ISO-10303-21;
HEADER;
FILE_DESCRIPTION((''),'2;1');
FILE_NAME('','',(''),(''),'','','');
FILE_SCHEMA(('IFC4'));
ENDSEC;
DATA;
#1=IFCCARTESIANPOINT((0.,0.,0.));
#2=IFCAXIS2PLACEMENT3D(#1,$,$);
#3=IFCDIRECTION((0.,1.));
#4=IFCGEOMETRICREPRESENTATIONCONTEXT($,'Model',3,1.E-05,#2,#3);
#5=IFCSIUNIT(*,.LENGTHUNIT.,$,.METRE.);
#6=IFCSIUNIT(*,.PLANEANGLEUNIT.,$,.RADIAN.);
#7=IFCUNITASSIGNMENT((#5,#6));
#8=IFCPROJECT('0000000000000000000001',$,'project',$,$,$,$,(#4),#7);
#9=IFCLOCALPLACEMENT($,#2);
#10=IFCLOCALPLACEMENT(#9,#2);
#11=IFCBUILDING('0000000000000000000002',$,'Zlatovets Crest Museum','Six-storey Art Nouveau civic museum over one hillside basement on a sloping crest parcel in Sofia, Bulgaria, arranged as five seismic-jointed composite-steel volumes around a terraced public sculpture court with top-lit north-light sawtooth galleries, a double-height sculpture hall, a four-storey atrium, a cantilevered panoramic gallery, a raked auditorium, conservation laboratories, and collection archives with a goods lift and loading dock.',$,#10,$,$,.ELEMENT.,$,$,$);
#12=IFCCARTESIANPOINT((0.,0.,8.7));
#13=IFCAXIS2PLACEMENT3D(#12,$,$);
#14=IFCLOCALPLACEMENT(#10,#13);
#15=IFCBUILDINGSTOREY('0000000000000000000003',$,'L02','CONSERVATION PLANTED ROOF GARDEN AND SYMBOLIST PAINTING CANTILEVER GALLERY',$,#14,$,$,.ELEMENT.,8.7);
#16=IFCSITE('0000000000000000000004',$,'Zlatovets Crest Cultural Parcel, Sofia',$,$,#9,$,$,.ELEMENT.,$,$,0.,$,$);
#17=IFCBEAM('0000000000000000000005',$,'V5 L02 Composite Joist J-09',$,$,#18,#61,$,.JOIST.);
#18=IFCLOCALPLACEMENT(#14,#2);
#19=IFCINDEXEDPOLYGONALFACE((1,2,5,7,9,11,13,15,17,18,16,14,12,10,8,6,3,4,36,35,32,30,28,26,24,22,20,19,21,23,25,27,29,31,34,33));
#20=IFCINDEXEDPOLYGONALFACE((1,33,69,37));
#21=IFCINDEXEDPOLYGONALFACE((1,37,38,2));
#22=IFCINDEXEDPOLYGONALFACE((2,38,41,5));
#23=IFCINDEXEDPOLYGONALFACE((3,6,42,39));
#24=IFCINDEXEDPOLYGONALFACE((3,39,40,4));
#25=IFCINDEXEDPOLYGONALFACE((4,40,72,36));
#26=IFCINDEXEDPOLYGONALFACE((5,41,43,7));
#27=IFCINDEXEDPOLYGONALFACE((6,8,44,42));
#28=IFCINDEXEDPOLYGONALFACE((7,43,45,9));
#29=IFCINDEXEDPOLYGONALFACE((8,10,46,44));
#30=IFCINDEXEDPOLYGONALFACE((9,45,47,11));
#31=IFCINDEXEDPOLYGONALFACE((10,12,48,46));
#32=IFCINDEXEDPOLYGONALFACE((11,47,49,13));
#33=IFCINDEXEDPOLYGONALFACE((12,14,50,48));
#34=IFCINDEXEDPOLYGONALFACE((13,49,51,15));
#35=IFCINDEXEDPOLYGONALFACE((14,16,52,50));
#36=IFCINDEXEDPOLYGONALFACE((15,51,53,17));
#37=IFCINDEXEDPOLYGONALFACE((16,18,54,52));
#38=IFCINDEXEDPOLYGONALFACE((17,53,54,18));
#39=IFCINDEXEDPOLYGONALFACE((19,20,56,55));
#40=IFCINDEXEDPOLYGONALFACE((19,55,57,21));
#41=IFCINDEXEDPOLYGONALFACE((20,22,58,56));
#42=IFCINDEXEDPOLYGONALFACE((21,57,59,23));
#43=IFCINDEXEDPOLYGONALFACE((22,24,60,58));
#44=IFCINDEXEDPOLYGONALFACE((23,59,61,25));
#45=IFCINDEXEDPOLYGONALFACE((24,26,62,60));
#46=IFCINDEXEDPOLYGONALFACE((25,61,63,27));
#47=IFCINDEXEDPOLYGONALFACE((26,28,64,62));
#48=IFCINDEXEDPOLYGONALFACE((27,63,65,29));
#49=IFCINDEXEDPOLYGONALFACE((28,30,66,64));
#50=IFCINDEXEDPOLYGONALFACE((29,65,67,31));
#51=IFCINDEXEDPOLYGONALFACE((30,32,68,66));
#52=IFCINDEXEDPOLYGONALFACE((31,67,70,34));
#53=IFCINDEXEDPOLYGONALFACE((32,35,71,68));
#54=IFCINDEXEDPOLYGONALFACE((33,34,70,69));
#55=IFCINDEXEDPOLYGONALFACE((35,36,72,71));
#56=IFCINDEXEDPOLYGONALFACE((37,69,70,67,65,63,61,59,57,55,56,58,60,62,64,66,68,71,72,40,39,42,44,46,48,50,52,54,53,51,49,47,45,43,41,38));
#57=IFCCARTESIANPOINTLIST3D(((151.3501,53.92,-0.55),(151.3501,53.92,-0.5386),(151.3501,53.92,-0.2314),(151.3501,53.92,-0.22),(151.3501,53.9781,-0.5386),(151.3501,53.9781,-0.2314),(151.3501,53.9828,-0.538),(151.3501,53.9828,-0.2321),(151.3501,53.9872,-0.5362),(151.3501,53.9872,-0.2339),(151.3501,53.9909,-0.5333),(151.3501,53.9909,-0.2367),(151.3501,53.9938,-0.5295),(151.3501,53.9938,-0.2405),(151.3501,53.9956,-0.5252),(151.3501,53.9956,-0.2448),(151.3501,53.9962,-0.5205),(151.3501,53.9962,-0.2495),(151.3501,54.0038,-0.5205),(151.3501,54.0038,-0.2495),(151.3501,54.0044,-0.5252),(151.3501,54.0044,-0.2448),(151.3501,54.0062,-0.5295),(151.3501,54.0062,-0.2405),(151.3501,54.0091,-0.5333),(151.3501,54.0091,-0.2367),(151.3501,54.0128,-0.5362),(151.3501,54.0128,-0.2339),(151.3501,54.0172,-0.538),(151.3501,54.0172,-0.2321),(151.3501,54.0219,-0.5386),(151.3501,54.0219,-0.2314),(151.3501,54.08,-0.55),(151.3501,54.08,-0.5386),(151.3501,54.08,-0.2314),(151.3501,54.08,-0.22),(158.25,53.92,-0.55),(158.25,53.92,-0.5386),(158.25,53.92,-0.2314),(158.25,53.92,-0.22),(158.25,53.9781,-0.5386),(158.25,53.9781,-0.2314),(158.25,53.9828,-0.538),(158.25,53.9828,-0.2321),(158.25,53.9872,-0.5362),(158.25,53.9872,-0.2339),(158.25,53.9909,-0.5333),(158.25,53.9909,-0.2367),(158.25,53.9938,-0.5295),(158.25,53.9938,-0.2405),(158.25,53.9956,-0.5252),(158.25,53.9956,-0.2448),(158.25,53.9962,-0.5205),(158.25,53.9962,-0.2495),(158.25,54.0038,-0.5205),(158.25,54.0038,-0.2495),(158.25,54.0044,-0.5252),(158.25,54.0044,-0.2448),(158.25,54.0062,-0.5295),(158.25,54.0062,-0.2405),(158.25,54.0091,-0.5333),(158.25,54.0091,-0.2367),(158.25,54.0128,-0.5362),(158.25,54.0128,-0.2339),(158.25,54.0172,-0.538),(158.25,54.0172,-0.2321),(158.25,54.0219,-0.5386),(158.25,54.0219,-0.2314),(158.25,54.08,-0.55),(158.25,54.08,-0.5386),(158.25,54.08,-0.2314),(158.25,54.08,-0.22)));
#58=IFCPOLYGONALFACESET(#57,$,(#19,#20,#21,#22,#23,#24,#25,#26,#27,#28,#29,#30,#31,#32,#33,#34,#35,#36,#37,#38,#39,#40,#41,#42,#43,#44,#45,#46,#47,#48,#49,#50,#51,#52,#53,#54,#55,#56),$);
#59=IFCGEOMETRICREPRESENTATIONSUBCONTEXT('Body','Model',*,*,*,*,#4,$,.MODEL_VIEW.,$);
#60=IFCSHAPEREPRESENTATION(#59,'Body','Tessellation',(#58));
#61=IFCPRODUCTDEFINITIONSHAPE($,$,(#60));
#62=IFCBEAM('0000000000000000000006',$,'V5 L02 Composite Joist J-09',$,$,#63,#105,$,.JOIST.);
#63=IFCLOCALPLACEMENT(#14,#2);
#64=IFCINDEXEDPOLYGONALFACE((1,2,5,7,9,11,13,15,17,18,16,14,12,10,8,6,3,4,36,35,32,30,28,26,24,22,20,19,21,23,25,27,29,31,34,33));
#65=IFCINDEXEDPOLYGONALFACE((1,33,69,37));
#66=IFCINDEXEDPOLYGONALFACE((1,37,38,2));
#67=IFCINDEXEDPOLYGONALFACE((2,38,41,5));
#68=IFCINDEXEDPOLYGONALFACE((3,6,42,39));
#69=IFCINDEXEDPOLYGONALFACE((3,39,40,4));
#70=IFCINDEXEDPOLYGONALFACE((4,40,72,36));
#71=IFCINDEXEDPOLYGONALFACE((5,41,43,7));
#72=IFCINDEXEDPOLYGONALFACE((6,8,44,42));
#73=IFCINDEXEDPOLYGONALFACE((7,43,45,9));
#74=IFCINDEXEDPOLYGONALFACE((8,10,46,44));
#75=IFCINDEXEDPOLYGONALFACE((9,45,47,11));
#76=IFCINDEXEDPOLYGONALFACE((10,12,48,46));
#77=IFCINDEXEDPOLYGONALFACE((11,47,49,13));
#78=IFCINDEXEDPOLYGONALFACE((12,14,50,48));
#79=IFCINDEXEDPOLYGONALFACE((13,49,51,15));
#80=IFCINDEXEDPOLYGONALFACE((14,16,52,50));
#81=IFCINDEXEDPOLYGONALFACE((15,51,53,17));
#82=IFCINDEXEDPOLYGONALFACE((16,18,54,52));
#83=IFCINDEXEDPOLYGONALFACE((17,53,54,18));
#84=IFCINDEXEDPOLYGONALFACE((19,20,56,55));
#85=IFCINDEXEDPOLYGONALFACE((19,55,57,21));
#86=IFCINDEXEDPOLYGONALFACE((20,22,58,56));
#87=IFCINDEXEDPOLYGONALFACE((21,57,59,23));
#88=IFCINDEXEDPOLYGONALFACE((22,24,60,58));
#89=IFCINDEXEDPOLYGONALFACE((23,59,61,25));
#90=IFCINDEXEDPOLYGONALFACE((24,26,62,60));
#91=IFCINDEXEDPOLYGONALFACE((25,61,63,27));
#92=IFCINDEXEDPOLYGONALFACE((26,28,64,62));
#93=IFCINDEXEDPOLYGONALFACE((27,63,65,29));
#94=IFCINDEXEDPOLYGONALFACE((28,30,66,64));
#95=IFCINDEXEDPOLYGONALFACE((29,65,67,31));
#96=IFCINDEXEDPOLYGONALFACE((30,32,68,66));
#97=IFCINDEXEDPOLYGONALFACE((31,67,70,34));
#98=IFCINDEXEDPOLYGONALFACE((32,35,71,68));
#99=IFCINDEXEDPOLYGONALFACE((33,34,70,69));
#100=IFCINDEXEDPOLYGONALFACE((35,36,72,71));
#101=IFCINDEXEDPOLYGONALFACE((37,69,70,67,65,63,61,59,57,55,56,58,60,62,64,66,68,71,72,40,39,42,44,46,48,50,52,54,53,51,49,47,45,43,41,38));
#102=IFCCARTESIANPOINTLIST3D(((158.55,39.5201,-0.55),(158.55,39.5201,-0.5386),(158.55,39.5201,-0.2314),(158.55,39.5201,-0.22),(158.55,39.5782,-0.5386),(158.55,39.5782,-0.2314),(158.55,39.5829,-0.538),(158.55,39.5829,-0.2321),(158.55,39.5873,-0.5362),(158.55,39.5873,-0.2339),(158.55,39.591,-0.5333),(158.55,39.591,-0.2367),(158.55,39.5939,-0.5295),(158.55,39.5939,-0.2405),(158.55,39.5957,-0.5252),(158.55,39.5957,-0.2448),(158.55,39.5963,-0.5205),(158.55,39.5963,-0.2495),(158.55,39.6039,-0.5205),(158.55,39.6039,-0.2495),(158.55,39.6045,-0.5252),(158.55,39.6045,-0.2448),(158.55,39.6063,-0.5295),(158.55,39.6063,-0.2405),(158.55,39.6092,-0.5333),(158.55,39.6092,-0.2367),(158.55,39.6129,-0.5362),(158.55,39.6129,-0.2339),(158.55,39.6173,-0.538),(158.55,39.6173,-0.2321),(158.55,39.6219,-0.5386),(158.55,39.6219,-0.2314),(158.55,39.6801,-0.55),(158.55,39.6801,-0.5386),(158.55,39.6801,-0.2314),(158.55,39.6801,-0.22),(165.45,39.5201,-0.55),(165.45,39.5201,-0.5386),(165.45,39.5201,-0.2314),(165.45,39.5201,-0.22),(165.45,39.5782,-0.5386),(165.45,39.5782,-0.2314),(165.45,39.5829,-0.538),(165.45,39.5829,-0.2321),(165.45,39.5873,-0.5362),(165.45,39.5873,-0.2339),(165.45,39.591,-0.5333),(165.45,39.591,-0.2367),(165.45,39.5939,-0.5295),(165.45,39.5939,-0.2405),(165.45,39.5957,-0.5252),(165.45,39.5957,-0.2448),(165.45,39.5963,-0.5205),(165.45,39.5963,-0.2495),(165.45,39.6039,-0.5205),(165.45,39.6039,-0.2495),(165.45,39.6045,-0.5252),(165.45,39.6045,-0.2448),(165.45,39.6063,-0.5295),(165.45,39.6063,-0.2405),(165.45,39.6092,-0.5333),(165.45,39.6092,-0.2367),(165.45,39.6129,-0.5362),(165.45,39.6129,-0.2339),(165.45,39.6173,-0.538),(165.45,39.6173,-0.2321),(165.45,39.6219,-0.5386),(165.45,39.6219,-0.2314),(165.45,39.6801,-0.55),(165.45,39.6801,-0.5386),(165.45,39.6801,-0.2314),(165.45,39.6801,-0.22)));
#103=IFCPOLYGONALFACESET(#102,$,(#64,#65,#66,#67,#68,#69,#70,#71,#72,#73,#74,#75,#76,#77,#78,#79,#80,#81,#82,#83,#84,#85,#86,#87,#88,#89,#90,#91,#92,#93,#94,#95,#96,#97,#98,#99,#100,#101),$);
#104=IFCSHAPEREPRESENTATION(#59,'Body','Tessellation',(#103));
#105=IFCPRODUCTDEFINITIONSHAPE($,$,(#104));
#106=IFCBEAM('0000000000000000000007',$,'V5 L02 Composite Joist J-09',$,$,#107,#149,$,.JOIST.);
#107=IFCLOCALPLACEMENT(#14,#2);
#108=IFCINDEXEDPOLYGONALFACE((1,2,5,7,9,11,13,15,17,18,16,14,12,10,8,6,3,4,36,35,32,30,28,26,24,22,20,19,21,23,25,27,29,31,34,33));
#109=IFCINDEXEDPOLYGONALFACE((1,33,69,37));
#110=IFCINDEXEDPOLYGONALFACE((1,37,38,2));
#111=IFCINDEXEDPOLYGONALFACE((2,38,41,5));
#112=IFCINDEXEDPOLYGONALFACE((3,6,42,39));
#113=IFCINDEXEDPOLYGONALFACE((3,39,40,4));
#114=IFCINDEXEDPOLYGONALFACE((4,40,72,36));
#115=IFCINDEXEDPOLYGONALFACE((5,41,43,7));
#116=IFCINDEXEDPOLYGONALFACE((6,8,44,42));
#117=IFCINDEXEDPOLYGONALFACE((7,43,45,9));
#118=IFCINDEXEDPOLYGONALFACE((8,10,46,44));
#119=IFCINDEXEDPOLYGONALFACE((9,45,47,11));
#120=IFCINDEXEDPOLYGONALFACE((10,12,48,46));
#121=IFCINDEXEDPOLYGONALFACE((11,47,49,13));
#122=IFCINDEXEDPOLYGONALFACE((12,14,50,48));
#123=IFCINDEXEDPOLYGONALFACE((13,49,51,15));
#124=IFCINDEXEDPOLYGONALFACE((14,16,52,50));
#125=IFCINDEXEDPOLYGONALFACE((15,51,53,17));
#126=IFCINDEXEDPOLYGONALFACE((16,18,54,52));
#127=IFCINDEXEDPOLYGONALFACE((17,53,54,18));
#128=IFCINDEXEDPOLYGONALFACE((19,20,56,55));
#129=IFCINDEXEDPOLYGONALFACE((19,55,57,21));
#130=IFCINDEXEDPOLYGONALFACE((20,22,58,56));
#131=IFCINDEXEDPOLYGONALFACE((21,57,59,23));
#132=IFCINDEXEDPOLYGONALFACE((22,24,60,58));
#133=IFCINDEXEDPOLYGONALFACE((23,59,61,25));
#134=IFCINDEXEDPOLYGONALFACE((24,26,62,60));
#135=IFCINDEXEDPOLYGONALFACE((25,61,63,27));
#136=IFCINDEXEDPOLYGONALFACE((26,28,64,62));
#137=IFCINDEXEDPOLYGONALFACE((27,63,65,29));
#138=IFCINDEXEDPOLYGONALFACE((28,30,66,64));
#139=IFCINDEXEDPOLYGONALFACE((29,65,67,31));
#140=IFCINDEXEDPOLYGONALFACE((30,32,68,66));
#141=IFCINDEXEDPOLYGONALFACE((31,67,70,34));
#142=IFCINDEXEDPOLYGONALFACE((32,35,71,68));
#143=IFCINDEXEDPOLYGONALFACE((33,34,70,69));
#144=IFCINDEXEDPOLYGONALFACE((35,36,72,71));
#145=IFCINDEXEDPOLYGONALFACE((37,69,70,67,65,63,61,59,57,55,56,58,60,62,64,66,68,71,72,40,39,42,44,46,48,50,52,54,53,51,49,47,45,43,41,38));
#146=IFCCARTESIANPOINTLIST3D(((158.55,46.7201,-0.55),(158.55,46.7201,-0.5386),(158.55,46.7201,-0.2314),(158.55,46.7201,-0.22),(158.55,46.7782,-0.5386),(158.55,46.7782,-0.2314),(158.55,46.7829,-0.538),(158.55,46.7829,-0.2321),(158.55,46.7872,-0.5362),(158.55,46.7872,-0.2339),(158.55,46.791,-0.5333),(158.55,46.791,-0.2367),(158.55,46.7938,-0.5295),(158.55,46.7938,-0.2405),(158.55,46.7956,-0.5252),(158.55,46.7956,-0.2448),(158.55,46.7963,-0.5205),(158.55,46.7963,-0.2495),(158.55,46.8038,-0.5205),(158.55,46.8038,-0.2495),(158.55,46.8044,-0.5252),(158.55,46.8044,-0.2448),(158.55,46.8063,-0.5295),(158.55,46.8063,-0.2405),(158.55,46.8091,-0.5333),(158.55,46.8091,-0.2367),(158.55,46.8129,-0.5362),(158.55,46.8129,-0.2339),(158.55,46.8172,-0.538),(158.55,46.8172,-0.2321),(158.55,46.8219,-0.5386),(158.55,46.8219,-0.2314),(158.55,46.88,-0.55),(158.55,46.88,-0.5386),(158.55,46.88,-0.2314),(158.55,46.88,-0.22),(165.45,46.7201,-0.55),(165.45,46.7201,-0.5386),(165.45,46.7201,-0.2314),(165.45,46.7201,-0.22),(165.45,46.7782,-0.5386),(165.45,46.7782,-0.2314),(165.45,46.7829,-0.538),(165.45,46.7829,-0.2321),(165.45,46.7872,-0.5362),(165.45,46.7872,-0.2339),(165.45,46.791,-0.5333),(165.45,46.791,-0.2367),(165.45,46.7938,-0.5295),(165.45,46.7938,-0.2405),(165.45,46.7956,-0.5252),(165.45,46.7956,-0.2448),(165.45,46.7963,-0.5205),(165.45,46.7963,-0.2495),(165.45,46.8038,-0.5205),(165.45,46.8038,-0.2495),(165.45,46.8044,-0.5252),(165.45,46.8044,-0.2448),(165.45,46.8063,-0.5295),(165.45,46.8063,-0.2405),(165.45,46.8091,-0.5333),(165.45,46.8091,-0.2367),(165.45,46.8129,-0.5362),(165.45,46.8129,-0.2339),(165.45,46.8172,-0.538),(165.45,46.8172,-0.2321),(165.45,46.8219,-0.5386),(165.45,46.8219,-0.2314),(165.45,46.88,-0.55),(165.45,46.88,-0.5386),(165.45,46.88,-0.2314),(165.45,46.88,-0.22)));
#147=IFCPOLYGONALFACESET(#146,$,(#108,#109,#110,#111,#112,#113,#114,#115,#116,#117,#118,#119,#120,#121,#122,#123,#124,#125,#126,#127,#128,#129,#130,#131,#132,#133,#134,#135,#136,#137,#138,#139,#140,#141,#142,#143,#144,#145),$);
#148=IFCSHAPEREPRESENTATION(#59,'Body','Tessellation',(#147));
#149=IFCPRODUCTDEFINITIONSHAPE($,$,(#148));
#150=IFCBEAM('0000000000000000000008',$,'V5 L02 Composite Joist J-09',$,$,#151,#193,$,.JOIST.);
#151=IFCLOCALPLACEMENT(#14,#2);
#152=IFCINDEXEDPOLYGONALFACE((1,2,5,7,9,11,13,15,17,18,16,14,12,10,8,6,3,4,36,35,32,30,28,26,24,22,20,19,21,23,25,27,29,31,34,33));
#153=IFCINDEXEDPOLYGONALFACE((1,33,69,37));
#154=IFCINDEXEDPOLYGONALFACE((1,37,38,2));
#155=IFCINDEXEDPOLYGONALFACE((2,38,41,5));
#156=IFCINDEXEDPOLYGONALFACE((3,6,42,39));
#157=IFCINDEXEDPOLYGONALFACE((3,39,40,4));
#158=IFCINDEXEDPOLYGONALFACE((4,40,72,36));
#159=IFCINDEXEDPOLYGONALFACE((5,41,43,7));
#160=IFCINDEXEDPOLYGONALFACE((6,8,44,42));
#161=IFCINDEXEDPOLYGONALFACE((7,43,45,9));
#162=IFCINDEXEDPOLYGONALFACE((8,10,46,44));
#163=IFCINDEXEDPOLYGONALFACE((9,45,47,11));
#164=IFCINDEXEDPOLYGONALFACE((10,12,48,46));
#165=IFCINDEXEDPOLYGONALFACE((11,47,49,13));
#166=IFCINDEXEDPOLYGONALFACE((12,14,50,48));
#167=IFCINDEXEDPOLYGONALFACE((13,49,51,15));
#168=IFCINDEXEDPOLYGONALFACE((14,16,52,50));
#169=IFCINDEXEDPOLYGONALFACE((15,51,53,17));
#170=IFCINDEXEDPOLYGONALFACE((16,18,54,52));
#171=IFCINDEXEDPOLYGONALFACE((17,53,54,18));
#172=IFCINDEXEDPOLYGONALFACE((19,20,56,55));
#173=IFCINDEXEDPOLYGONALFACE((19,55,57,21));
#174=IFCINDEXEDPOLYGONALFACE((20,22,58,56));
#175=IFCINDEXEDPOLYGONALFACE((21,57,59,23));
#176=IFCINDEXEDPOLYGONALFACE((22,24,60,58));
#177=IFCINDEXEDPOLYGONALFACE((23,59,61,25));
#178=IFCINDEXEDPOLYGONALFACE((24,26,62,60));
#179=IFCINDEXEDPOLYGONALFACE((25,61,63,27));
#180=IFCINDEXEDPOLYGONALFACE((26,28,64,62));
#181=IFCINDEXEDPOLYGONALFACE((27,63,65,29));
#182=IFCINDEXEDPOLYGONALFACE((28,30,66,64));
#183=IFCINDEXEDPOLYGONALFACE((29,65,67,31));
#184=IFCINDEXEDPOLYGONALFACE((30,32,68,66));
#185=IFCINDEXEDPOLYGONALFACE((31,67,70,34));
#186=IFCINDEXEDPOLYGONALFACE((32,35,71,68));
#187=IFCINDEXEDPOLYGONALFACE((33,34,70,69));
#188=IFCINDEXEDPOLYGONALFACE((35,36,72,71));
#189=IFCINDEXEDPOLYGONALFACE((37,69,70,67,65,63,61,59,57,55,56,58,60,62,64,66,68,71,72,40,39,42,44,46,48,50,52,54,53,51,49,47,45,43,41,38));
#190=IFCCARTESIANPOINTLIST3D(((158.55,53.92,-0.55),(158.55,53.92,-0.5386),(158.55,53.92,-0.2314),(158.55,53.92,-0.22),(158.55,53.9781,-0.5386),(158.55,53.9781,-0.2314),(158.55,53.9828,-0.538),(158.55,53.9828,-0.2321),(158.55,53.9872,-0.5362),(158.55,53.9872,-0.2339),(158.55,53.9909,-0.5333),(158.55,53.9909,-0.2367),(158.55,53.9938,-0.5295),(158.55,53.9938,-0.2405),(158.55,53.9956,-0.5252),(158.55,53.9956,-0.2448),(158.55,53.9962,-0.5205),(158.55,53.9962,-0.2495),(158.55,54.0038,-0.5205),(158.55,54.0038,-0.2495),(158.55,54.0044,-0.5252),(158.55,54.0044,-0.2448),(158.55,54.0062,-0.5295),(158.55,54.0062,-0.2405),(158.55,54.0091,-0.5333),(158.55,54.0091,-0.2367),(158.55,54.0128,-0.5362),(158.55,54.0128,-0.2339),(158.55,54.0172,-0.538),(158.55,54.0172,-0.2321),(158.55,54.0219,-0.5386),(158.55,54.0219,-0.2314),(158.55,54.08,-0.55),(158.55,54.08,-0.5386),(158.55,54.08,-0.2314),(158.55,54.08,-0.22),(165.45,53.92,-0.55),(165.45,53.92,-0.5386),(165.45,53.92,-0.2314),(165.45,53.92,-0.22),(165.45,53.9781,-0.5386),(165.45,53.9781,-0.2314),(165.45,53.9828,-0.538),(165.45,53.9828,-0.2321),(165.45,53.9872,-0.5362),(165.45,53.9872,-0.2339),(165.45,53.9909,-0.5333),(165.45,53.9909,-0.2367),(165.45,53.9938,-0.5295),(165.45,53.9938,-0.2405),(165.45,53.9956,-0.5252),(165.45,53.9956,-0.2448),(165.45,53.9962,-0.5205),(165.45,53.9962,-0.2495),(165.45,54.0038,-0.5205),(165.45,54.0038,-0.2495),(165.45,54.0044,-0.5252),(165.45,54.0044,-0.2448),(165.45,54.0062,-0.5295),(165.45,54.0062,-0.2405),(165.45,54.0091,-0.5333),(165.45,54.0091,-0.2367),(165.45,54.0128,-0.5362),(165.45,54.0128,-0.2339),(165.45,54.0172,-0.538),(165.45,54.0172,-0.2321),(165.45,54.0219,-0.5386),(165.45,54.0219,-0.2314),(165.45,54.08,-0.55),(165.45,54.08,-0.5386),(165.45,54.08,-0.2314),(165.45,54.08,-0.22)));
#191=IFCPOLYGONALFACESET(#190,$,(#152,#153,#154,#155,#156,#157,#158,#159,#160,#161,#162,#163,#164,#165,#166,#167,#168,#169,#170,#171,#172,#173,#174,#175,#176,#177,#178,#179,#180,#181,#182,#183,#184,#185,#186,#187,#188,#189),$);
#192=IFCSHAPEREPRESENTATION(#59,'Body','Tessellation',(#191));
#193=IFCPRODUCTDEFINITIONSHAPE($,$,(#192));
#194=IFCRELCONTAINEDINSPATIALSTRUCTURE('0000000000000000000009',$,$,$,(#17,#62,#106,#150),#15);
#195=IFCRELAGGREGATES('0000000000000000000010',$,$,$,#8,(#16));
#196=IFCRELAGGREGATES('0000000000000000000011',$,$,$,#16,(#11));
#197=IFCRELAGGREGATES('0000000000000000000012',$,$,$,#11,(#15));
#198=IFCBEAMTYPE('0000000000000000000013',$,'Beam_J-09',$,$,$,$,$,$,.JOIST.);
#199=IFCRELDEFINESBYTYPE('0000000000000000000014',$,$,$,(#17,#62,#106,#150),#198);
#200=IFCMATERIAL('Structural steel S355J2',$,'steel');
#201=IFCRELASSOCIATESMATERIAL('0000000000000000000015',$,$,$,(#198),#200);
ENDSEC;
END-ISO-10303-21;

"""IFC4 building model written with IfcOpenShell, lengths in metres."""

from ifc_helpers import new_model, si_unit, direction, frame, origin, origin_2d, place, context, subcontext, project, spatial, i_section, extrude, material, material_profile, profile_set, type_object, element, save


model = new_model("IFC4")

# Units and contexts
model_context = context("Model", 3, precision=1e-05, world=origin(), true_north=direction((0.0, 1.0)))
body_context = subcontext(model_context, "Body", "Model", "MODEL_VIEW")
ifc_project = project(units=[si_unit("LENGTHUNIT", "METRE"), si_unit("PLANEANGLEUNIT", "RADIAN")], contexts=[model_context])

# Site, building, storey
site_placement = place(None, origin())
site = spatial("IfcSite", under=ifc_project, at=site_placement, Name="Zlatovets Crest Cultural Parcel, Sofia", CompositionType="ELEMENT", RefElevation=0.0)
building_placement = place(site_placement, origin())
building = spatial("IfcBuilding", under=site, at=building_placement, Name="Zlatovets Crest Museum", Description="Six-storey Art Nouveau civic museum over one hillside basement on a sloping crest parcel in Sofia, Bulgaria, arranged as five seismic-jointed composite-steel volumes around a terraced public sculpture court with top-lit north-light sawtooth galleries, a double-height sculpture hall, a four-storey atrium, a cantilevered panoramic gallery, a raked auditorium, conservation laboratories, and collection archives with a goods lift and loading dock.", CompositionType="ELEMENT")
storey_placement = place(building_placement, frame((0.0, 0.0, 8.7)))
storey = spatial("IfcBuildingStorey", under=building, at=storey_placement, Name="L02", Description="CONSERVATION PLANTED ROOF GARDEN AND SYMBOLIST PAINTING CANTILEVER GALLERY", CompositionType="ELEMENT", Elevation=8.7)

# Shared definitions
ifc_material_1 = material(Name="Structural steel S355J2", Category="steel")

# Beams
ifc_material_profile_1 = material_profile(ifc_material_1, i_section(OverallWidth=0.1599, OverallDepth=0.3301, WebThickness=0.0076, FlangeThickness=0.0115, FilletRadius=0.0181, at=origin_2d()), Name="IPE 330")
ifc_profile_set_1 = profile_set([ifc_material_profile_1], Name="Structural steel S355J2")
beam_type_1 = type_object("IfcBeamType", Name="Beam_J-09", PredefinedType="JOIST", material=ifc_profile_set_1)
for number, where, z_axis, x_axis, name in (
    (1, (151.3501, 54.0, -0.385), (1.0, 0.0, 0.0), (0.0, 1.0, 0.0), "V5 L02 Composite Joist J-09"),
    (2, (158.55, 39.6001, -0.385), (1.0, 0.0, 0.0), (0.0, 1.0, 0.0), "V5 L02 Composite Joist J-09"),
    (3, (158.55, 46.8, -0.385), (1.0, 0.0, 0.0), (0.0, 1.0, 0.0), "V5 L02 Composite Joist J-09"),
    (4, (158.55, 54.0, -0.385), (1.0, 0.0, 0.0), (0.0, 1.0, 0.0), "V5 L02 Composite Joist J-09"),
):
    element("IfcBeam", number, at=place(storey_placement, frame(where, z_axis=z_axis, x_axis=x_axis)), inside=storey, type_object=beam_type_1, Name=name, PredefinedType="JOIST", context=body_context, shape_type="SweptSolid", body=[
        extrude(i_section(OverallWidth=0.1599, OverallDepth=0.3301, WebThickness=0.0076, FlangeThickness=0.0115, FilletRadius=0.0181, at=origin_2d()), origin(), (0.0, 0.0, 1.0), 6.8999),
    ])

save(model, "model.ifc")
